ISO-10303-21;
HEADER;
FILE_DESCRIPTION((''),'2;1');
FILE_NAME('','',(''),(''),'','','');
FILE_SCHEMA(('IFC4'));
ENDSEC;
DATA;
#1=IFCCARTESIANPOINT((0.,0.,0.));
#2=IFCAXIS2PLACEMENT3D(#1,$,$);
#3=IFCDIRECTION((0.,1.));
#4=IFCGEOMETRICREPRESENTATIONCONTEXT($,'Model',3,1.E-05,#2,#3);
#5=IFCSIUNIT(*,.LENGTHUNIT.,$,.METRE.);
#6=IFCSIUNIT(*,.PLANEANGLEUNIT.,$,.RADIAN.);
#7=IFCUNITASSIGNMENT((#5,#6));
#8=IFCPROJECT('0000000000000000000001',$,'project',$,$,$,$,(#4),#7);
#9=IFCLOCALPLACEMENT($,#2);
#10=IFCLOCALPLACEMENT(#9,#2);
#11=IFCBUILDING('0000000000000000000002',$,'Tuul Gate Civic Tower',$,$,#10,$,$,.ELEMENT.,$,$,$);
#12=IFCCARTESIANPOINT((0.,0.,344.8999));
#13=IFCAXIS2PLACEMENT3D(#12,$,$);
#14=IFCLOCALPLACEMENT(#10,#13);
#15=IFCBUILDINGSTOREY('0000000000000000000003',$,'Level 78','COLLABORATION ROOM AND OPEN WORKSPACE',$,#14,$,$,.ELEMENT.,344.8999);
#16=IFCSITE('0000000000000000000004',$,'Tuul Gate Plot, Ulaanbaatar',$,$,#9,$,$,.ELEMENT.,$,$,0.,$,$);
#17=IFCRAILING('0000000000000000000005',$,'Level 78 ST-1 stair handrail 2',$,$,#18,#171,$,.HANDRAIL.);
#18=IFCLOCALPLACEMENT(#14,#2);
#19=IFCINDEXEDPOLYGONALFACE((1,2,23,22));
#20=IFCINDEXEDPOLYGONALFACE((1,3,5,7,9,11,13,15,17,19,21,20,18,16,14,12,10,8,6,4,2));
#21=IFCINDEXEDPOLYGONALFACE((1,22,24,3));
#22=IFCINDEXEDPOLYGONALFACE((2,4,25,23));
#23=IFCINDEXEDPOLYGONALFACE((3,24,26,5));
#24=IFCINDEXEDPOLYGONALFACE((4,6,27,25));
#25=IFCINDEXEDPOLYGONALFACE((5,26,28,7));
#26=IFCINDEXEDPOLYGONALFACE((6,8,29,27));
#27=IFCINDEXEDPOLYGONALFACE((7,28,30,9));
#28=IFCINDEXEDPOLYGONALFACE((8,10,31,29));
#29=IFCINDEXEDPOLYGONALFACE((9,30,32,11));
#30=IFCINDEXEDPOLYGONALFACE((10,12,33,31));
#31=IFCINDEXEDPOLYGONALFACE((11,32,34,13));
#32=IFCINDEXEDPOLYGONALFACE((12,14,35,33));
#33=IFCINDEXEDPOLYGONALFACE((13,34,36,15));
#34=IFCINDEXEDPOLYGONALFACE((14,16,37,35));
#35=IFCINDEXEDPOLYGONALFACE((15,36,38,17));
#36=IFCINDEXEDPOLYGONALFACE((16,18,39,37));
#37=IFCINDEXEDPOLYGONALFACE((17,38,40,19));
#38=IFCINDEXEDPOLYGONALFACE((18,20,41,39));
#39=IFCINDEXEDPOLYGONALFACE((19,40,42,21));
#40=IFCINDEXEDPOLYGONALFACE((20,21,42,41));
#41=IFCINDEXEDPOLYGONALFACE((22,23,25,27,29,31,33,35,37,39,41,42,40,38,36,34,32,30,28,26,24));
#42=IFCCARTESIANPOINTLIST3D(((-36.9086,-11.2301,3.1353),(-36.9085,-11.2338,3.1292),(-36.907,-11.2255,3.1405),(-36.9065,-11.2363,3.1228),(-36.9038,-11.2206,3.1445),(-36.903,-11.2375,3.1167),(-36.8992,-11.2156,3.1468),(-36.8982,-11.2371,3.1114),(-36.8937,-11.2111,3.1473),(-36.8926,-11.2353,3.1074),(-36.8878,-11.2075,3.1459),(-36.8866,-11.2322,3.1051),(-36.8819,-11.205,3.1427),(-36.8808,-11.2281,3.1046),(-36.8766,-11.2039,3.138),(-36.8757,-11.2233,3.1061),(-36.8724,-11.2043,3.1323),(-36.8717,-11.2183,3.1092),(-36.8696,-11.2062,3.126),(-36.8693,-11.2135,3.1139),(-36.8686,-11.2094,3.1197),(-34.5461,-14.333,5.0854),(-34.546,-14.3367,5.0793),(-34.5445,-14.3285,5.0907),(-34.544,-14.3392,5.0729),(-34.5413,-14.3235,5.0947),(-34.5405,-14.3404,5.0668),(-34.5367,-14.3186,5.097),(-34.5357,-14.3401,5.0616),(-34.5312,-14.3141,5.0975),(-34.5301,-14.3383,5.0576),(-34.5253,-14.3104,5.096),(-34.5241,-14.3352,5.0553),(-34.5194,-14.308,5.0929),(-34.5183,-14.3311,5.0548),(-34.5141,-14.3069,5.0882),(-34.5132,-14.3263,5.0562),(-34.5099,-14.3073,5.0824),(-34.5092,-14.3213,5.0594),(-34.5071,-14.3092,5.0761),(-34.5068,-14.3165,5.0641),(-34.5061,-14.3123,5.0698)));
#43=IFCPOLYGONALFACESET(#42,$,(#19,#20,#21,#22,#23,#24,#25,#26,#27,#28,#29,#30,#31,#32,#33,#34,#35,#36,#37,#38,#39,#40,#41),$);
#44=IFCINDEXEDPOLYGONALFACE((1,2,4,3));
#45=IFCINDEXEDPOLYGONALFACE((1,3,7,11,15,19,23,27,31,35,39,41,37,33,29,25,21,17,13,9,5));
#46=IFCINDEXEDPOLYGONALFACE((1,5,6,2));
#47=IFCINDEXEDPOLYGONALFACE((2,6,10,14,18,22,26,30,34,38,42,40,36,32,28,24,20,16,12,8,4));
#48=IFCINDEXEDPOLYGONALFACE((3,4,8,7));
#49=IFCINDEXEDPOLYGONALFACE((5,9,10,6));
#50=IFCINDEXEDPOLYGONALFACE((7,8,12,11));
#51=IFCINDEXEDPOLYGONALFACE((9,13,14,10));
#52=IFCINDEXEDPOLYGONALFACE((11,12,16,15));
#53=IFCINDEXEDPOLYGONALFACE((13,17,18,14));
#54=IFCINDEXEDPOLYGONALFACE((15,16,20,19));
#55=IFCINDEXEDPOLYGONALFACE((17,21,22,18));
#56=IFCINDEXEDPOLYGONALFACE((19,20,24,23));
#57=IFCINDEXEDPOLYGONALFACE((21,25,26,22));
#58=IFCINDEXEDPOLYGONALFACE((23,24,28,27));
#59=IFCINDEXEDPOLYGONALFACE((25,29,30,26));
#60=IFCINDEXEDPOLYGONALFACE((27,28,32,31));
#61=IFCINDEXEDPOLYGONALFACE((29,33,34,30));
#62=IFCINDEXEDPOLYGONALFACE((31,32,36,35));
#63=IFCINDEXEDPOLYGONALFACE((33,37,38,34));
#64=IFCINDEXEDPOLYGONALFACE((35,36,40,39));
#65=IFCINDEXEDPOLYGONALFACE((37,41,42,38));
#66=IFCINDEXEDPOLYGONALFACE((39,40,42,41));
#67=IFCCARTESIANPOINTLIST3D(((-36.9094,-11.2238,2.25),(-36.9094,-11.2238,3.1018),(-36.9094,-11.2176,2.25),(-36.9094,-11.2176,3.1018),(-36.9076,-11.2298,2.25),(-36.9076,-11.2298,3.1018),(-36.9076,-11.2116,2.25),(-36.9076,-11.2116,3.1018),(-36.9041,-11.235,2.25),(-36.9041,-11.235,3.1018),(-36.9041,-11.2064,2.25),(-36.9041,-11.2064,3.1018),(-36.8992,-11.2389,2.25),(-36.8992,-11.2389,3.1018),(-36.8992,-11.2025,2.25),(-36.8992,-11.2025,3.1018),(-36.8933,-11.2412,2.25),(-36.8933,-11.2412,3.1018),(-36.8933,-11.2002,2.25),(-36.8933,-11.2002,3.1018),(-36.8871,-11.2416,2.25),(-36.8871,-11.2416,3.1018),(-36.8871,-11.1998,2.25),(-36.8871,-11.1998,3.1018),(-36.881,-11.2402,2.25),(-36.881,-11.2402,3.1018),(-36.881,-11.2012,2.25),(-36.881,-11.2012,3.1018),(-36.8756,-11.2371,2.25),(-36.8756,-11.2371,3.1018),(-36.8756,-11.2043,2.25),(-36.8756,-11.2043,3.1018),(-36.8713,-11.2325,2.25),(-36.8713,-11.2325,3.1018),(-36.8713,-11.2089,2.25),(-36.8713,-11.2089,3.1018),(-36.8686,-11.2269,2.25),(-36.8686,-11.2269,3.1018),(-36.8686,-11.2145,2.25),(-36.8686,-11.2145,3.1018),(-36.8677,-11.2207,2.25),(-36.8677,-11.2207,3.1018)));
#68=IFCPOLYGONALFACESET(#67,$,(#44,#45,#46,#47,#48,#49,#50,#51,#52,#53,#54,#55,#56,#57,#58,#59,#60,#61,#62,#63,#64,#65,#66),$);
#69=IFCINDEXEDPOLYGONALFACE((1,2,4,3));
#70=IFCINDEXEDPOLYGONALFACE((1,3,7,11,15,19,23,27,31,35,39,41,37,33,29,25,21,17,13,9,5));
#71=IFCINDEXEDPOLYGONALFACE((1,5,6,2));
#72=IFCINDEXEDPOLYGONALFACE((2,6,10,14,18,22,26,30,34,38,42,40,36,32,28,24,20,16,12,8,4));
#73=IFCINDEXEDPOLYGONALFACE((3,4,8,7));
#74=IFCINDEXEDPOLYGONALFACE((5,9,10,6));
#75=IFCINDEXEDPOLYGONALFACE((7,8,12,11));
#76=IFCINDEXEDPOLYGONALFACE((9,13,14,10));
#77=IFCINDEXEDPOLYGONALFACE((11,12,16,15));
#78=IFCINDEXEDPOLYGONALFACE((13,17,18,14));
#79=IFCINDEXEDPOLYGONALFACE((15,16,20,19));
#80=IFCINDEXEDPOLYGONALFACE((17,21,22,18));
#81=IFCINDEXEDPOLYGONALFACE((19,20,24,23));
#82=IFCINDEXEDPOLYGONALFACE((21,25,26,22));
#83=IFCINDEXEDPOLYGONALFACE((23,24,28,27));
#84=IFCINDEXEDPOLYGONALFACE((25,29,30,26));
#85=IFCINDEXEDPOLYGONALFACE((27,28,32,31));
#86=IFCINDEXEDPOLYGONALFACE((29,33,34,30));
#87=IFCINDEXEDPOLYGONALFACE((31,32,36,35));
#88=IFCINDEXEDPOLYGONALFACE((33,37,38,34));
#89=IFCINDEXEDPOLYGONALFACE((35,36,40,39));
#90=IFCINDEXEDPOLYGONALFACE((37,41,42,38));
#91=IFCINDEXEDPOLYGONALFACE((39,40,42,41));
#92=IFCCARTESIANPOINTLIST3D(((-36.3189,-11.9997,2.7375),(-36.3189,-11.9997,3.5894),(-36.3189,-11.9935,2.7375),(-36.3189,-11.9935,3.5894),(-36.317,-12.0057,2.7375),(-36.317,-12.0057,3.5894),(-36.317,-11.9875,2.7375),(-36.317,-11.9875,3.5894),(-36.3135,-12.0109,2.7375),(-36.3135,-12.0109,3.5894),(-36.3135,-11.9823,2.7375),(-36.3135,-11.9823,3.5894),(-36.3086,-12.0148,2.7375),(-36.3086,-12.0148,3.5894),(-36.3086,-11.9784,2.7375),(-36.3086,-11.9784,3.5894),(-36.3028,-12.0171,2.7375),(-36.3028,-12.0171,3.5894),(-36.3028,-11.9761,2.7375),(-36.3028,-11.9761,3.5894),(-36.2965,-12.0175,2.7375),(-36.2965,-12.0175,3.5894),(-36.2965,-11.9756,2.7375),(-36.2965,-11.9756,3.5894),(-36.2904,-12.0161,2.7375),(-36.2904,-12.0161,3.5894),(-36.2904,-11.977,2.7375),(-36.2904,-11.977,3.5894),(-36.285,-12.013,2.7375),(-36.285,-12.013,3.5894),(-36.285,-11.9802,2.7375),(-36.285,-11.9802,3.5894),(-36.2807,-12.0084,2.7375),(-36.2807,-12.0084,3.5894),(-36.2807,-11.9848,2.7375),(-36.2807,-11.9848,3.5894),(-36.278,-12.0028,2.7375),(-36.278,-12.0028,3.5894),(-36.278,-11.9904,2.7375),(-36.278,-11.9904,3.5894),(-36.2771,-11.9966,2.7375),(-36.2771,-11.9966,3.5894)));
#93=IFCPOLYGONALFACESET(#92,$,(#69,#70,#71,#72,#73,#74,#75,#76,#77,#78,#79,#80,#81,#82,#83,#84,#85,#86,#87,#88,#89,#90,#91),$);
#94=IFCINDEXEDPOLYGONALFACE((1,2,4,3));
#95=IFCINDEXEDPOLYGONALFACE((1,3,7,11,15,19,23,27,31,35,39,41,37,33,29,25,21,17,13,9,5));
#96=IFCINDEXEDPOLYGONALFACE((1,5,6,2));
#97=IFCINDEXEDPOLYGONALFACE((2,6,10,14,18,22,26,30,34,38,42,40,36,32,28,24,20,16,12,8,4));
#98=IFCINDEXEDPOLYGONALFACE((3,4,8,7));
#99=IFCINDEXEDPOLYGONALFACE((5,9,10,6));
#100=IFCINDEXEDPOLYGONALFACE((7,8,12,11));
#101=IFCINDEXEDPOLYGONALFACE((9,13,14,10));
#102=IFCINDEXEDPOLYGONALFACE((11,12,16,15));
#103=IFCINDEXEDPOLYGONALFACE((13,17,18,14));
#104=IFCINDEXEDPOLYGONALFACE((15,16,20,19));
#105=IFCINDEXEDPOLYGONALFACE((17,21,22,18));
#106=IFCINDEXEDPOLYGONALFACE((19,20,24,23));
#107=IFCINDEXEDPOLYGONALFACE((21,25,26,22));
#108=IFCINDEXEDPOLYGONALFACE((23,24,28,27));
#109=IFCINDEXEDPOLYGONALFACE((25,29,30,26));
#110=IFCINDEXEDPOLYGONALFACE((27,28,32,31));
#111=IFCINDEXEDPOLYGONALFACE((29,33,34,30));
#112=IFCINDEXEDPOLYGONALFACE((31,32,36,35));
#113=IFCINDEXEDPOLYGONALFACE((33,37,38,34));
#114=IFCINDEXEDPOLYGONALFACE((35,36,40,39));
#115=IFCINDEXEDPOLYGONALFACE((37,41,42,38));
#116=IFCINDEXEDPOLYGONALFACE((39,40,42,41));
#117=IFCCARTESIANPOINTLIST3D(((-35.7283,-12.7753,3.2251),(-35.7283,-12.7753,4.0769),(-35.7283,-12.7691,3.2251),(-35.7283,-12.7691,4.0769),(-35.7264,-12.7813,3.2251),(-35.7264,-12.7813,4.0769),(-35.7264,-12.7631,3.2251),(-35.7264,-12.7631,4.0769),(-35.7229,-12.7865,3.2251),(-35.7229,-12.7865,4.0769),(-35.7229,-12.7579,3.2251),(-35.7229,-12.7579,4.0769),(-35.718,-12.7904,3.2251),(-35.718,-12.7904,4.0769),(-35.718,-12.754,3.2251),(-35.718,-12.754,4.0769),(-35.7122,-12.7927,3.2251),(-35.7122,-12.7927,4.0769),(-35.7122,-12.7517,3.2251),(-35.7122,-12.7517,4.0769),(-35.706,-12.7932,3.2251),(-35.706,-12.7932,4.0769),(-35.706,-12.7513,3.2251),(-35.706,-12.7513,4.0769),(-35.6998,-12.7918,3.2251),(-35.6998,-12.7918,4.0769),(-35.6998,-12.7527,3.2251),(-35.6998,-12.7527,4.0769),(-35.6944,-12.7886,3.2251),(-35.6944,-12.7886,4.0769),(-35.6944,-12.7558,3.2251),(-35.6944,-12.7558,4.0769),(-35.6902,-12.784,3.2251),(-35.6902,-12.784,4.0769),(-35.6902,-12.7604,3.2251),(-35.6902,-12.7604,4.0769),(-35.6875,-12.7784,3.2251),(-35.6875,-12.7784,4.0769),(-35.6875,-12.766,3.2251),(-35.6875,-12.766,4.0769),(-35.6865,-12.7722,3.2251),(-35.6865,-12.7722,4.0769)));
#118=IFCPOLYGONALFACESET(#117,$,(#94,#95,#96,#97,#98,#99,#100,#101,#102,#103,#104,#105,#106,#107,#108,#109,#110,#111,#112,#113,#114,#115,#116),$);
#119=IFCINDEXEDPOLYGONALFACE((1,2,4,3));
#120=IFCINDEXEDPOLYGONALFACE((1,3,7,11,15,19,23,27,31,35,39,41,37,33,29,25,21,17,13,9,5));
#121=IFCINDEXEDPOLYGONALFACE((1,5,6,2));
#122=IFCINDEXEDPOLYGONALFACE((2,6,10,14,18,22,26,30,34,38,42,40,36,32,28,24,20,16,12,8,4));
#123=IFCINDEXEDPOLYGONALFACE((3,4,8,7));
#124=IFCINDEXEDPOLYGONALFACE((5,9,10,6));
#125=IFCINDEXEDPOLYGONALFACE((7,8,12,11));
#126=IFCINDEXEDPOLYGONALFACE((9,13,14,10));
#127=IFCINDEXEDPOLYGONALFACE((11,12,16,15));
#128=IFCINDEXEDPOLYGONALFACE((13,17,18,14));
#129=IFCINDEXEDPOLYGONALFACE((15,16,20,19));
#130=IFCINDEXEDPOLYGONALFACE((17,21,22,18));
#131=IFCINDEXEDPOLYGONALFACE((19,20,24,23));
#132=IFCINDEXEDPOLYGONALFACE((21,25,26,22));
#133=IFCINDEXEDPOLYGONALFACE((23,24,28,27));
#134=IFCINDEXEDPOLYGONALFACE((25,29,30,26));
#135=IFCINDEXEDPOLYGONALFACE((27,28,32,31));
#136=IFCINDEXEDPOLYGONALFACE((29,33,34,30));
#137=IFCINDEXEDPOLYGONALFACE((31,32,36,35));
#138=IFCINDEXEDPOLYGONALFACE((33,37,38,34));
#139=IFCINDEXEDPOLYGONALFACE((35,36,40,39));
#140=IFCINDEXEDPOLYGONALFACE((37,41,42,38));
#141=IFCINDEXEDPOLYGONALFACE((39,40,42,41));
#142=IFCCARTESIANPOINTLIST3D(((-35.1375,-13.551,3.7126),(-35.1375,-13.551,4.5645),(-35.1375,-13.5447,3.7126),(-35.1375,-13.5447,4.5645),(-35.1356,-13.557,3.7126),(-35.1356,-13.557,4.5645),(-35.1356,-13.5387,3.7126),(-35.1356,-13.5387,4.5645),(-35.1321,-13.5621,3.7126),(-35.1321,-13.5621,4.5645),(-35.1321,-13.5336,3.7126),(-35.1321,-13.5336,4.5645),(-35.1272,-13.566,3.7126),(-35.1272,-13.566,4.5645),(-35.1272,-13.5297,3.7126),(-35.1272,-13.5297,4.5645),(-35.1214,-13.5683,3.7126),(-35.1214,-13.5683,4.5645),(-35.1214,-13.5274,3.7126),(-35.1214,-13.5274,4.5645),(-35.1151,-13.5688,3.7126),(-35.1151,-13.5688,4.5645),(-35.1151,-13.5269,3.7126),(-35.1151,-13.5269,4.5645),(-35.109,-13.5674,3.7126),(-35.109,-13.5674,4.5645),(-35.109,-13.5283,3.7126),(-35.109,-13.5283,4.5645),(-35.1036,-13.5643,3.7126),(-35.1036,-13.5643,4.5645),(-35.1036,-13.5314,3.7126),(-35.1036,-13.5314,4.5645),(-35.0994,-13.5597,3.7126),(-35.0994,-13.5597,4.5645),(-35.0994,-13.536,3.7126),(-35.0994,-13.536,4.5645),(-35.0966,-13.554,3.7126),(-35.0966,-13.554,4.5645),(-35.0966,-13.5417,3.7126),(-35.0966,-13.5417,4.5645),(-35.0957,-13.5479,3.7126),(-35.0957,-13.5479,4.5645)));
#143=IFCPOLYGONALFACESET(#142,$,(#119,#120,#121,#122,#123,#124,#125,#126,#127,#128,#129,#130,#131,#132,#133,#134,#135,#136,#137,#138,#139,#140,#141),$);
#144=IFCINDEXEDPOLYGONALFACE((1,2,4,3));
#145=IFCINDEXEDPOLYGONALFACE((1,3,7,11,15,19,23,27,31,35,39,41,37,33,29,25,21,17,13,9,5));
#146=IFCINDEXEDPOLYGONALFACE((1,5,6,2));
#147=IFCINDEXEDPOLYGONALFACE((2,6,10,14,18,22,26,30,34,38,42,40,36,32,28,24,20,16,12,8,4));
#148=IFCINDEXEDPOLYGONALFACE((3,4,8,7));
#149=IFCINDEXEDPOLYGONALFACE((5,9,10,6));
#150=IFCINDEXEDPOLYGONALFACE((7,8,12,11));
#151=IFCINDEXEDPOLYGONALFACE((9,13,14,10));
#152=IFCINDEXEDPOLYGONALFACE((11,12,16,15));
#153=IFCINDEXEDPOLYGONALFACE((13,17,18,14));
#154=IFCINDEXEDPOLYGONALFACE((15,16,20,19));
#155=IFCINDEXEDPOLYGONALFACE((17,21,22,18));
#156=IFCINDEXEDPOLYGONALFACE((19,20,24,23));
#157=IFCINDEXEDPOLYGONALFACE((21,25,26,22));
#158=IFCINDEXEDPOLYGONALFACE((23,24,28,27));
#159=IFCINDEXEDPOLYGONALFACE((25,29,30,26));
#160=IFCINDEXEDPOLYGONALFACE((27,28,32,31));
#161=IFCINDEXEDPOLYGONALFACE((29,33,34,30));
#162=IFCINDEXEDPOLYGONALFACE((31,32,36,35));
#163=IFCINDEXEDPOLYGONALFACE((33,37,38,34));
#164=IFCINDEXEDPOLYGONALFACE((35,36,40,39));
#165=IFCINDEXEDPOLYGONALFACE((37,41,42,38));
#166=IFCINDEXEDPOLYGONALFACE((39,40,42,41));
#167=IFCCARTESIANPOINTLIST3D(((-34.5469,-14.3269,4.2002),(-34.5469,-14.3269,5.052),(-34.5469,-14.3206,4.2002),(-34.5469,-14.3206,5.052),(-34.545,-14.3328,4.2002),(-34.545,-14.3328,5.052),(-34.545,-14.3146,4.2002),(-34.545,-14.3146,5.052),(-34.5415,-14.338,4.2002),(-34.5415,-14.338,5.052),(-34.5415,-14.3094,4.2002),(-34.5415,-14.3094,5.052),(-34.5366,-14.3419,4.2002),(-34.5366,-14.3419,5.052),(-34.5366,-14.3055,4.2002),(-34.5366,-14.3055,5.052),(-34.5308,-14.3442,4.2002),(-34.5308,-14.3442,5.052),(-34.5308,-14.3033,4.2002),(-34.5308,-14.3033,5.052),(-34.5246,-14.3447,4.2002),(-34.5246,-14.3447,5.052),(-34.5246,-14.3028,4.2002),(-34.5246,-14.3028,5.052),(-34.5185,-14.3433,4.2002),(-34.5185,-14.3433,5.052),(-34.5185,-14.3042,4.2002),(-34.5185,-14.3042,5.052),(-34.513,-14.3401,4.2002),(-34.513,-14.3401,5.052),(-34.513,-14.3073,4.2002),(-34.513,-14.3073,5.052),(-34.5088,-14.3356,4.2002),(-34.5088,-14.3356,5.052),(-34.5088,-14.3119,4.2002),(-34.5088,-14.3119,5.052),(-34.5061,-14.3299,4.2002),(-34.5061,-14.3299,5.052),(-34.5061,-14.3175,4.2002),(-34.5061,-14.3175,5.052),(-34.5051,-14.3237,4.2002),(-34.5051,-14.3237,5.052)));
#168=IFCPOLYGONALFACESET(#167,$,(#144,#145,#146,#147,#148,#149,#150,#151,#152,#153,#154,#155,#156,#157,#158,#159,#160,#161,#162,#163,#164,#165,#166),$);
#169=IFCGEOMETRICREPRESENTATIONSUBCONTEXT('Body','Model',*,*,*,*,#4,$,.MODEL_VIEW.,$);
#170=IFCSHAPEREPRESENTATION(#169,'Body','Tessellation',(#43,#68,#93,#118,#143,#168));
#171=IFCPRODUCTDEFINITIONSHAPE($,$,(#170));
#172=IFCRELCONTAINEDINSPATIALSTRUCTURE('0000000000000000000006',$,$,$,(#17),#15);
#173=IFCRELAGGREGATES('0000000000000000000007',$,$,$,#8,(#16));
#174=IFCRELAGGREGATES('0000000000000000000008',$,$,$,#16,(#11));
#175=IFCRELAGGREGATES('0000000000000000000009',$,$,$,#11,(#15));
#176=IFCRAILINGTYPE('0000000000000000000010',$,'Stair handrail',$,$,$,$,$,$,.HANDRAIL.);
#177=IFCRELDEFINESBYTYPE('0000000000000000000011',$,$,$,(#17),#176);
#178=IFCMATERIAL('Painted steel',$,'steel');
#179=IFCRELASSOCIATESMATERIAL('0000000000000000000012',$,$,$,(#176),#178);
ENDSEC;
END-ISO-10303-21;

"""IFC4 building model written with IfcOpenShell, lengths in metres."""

from ifc_helpers import new_model, si_unit, direction, frame, origin, origin_2d, place, context, subcontext, project, spatial, circle, extrude, material, type_object, element, save


model = new_model("IFC4")

# Units and contexts
model_context = context("Model", 3, precision=1e-05, world=origin(), true_north=direction((0.0, 1.0)))
body_context = subcontext(model_context, "Body", "Model", "MODEL_VIEW")
ifc_project = project(units=[si_unit("LENGTHUNIT", "METRE"), si_unit("PLANEANGLEUNIT", "RADIAN")], contexts=[model_context])

# Site, building, storey
site_placement = place(None, origin())
site = spatial("IfcSite", under=ifc_project, at=site_placement, Name="Tuul Gate Plot, Ulaanbaatar", CompositionType="ELEMENT", RefElevation=0.0)
building_placement = place(site_placement, origin())
building = spatial("IfcBuilding", under=site, at=building_placement, Name="Tuul Gate Civic Tower", CompositionType="ELEMENT")
storey_placement = place(building_placement, frame((0.0, 0.0, 344.8999)))
storey = spatial("IfcBuildingStorey", under=building, at=storey_placement, Name="Level 78", Description="COLLABORATION ROOM AND OPEN WORKSPACE", CompositionType="ELEMENT", Elevation=344.8999)

# Railing
ifc_material_1 = material(Name="Painted steel", Category="steel")
railing_type_1 = type_object("IfcRailingType", Name="Stair handrail", PredefinedType="HANDRAIL", material=ifc_material_1)
railing_1_placement = place(storey_placement, frame((-36.8887, -11.2207, 2.25)))
element("IfcRailing", 1, at=railing_1_placement, inside=storey, type_object=railing_type_1, Name="Level 78 ST-1 stair handrail 2", PredefinedType="HANDRAIL", context=body_context, shape_type="SweptSolid", body=[
    extrude(circle(Radius=0.0239, at=origin_2d()), frame((0.0, 0.0, 0.876), z_axis=(0.541811, -0.711627, 0.447245), x_axis=(0.795637, 0.605773, 0.0)), (0.0, 0.0, 1.0), 4.3604),
    extrude(circle(Radius=0.021, at=origin_2d()), origin(), (0.0, 0.0, 1.0), 0.8518),
    extrude(circle(Radius=0.021, at=origin_2d()), frame((0.5906, -0.7759, 0.4875)), (0.0, 0.0, 1.0), 0.8518),
    extrude(circle(Radius=0.021, at=origin_2d()), frame((1.1812, -1.5515, 0.9751)), (0.0, 0.0, 1.0), 0.8518),
    extrude(circle(Radius=0.021, at=origin_2d()), frame((1.772, -2.3271, 1.4626)), (0.0, 0.0, 1.0), 0.8518),
    extrude(circle(Radius=0.021, at=origin_2d()), frame((2.3625, -3.103, 1.9502)), (0.0, 0.0, 1.0), 0.8518),
])

save(model, "model.ifc")
